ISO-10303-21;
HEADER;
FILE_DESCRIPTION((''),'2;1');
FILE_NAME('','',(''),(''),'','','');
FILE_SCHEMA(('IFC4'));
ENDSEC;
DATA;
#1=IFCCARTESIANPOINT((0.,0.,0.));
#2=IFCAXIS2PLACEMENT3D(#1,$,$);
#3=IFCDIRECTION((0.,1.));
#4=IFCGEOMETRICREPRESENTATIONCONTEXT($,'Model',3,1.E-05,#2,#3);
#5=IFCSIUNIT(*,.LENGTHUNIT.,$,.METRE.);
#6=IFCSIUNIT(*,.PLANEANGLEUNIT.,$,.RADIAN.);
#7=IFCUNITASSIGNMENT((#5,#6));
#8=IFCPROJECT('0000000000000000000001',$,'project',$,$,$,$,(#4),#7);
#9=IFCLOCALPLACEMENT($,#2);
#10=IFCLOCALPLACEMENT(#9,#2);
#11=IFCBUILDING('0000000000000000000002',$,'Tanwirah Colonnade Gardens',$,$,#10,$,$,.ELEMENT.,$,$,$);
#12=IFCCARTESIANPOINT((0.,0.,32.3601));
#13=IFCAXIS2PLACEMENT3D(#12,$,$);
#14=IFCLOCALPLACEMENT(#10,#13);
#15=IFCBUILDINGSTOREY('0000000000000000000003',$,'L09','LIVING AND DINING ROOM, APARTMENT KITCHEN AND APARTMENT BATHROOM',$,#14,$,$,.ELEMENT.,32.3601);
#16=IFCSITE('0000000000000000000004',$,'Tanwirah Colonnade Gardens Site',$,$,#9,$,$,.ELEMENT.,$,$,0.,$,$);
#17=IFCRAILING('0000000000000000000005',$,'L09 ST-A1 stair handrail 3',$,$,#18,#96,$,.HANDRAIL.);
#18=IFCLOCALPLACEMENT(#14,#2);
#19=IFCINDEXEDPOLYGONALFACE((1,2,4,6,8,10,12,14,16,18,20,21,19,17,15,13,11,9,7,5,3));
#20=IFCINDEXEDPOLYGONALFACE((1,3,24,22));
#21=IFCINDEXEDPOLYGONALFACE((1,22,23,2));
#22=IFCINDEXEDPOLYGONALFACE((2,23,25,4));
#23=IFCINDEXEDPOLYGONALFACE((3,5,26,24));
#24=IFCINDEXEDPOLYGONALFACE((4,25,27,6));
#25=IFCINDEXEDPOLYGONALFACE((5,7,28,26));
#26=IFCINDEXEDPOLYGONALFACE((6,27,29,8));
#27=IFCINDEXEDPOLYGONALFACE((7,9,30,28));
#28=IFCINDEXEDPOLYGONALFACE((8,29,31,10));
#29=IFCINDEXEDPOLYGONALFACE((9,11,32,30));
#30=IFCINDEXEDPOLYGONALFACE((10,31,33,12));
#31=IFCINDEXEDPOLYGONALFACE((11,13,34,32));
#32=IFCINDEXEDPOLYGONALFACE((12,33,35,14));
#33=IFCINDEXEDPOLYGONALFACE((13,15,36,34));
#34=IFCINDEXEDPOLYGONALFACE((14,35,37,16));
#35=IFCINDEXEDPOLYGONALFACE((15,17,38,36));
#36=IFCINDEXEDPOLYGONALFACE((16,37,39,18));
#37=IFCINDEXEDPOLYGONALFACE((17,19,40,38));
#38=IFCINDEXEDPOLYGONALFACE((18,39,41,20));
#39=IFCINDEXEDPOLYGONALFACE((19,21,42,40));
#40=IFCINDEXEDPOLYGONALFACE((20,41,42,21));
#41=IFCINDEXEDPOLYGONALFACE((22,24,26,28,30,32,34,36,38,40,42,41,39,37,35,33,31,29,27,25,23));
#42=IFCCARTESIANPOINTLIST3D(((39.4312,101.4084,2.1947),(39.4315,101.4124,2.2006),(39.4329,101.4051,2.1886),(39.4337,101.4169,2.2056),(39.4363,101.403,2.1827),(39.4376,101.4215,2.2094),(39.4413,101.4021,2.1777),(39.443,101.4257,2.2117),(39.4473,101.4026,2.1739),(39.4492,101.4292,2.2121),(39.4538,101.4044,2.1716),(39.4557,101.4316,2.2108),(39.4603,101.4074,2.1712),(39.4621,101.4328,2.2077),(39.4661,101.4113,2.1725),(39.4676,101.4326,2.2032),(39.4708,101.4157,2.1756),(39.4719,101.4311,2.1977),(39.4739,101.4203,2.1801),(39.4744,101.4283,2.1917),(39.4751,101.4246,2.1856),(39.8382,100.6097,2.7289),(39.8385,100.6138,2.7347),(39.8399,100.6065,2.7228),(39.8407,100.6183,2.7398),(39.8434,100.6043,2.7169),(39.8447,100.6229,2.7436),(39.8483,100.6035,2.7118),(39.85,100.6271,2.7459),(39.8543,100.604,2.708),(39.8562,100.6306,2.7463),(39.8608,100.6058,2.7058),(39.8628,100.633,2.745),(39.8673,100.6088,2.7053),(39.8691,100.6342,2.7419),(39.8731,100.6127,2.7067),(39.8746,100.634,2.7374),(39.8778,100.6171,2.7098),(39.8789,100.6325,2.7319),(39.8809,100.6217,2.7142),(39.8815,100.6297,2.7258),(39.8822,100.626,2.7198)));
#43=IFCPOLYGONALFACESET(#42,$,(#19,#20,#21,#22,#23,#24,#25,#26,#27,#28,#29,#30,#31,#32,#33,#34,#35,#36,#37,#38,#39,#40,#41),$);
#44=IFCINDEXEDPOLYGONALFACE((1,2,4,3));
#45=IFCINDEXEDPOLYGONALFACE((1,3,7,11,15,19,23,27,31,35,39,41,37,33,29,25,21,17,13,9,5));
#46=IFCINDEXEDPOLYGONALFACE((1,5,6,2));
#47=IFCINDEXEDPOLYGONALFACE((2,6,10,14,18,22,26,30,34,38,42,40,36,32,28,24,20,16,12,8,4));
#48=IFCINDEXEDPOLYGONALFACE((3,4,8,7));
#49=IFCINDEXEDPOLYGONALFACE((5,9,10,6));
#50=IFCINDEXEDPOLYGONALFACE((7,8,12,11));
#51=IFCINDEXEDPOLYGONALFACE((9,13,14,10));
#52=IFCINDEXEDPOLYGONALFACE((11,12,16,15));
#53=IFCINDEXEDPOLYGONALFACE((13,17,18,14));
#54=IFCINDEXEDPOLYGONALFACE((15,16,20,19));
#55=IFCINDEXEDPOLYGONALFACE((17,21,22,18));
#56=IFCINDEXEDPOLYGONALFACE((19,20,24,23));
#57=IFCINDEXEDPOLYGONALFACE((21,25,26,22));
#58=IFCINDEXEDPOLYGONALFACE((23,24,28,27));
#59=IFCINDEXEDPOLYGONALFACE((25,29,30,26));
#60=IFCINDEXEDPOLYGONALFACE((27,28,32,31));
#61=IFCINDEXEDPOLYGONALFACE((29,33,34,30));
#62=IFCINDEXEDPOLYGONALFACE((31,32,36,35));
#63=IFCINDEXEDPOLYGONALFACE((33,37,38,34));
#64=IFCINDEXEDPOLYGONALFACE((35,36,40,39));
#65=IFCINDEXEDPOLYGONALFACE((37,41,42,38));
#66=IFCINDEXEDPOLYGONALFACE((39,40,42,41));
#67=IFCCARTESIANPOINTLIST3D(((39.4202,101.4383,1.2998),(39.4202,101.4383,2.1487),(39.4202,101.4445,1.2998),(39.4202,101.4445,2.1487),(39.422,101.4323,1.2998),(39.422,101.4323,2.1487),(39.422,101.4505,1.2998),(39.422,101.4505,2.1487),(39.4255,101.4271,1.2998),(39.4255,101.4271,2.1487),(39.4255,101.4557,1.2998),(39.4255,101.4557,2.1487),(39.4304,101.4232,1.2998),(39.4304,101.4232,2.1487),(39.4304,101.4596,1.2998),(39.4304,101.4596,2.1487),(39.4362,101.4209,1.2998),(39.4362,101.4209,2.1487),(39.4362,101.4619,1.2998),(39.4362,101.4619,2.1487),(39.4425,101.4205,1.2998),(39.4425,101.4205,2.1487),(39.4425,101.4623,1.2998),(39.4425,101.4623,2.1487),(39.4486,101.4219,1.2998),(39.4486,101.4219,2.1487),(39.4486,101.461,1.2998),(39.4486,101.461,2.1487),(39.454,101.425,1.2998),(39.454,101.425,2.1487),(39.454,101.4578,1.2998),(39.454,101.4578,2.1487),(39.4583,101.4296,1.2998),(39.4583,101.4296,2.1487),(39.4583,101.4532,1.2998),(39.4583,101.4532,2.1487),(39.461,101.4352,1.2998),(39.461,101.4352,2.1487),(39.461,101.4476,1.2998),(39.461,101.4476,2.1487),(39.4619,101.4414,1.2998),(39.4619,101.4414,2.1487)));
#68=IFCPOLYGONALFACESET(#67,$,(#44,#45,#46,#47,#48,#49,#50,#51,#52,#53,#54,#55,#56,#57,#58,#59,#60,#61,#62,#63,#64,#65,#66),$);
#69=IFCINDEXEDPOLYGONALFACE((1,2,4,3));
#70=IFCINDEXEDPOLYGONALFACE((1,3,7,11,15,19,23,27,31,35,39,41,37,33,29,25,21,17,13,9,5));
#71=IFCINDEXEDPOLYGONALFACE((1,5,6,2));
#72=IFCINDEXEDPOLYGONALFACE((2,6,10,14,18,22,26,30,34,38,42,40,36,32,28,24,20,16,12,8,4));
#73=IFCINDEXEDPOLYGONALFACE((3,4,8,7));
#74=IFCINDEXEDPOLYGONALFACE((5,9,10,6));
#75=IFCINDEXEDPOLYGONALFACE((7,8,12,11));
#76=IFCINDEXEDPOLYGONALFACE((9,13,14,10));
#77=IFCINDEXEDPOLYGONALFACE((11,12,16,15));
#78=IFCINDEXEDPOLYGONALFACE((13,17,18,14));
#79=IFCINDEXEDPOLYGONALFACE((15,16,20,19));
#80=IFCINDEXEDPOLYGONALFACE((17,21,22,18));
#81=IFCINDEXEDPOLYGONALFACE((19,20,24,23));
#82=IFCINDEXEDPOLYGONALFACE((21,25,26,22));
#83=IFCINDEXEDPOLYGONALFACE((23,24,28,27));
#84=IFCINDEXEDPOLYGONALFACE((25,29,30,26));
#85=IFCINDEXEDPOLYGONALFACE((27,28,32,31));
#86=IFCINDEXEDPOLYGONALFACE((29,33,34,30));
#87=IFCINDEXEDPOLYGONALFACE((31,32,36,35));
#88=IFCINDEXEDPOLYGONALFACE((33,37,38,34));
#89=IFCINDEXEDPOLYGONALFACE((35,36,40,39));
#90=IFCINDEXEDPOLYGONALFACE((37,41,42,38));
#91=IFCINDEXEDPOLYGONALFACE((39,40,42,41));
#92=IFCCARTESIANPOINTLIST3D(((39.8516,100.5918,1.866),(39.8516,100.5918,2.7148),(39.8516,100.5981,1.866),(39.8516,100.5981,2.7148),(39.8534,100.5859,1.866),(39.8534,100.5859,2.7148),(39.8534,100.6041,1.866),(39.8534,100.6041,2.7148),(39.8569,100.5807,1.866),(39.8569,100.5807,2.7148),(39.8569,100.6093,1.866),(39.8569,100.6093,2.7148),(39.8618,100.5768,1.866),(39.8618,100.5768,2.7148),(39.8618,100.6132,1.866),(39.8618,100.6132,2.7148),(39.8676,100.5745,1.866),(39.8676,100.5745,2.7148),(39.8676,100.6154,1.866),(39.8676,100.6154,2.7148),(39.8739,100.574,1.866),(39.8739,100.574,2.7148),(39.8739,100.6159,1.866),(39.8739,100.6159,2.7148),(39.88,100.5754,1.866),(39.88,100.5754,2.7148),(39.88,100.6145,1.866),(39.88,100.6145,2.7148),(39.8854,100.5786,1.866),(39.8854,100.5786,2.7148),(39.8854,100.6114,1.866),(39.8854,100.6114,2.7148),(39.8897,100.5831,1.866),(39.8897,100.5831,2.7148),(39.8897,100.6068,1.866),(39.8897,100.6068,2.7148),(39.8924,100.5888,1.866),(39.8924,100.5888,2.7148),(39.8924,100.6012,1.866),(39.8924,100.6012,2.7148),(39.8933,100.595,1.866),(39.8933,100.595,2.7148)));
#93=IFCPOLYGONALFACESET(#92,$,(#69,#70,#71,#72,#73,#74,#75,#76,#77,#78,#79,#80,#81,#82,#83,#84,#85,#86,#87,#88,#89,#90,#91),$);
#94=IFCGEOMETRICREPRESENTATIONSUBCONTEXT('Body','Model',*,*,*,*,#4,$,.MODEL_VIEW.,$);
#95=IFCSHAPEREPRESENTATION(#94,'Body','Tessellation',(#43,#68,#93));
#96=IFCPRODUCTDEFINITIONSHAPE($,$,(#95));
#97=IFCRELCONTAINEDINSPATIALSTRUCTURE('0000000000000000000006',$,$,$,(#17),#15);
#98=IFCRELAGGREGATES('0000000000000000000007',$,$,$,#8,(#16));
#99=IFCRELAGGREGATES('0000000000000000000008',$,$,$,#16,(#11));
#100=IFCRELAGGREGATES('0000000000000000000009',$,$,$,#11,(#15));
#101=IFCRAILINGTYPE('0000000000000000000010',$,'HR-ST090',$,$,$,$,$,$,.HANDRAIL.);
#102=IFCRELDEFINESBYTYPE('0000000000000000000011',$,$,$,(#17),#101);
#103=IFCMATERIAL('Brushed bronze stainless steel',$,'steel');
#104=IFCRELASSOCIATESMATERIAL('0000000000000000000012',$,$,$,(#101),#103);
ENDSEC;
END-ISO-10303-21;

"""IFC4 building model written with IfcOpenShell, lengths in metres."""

from ifc_helpers import new_model, si_unit, direction, frame, origin, origin_2d, place, context, subcontext, project, spatial, circle, extrude, material, type_object, element, save


model = new_model("IFC4")

# Units and contexts
model_context = context("Model", 3, precision=1e-05, world=origin(), true_north=direction((0.0, 1.0)))
body_context = subcontext(model_context, "Body", "Model", "MODEL_VIEW")
ifc_project = project(units=[si_unit("LENGTHUNIT", "METRE"), si_unit("PLANEANGLEUNIT", "RADIAN")], contexts=[model_context])

# Site, building, storey
site_placement = place(None, origin())
site = spatial("IfcSite", under=ifc_project, at=site_placement, Name="Tanwirah Colonnade Gardens Site", CompositionType="ELEMENT", RefElevation=0.0)
building_placement = place(site_placement, origin())
building = spatial("IfcBuilding", under=site, at=building_placement, Name="Tanwirah Colonnade Gardens", CompositionType="ELEMENT")
storey_placement = place(building_placement, frame((0.0, 0.0, 32.3601)))
storey = spatial("IfcBuildingStorey", under=building, at=storey_placement, Name="L09", Description="LIVING AND DINING ROOM, APARTMENT KITCHEN AND APARTMENT BATHROOM", CompositionType="ELEMENT", Elevation=32.3601)

# Railing
ifc_material_1 = material(Name="Brushed bronze stainless steel", Category="steel")
railing_type_1 = type_object("IfcRailingType", Name="HR-ST090", PredefinedType="HANDRAIL", material=ifc_material_1)
railing_1_placement = place(storey_placement, frame((39.4409, 101.4414, 1.2998)))
element("IfcRailing", 1, at=railing_1_placement, inside=storey, type_object=railing_type_1, Name="L09 ST-A1 stair handrail 3", PredefinedType="HANDRAIL", context=body_context, shape_type="SweptSolid", body=[
    extrude(circle(Radius=0.0239, at=origin_2d()), frame((0.0122, -0.0239, 0.8918), z_axis=(0.390073, -0.765356, 0.51193), x_axis=(0.890957, 0.454087, 0.0)), (0.0, 0.0, 1.0), 1.0435),
    extrude(circle(Radius=0.021, at=origin_2d()), origin(), (0.0, 0.0, 1.0), 0.8489),
    extrude(circle(Radius=0.021, at=origin_2d()), frame((0.4314, -0.8464, 0.5662)), (0.0, 0.0, 1.0), 0.8489),
])

save(model, "model.ifc")
